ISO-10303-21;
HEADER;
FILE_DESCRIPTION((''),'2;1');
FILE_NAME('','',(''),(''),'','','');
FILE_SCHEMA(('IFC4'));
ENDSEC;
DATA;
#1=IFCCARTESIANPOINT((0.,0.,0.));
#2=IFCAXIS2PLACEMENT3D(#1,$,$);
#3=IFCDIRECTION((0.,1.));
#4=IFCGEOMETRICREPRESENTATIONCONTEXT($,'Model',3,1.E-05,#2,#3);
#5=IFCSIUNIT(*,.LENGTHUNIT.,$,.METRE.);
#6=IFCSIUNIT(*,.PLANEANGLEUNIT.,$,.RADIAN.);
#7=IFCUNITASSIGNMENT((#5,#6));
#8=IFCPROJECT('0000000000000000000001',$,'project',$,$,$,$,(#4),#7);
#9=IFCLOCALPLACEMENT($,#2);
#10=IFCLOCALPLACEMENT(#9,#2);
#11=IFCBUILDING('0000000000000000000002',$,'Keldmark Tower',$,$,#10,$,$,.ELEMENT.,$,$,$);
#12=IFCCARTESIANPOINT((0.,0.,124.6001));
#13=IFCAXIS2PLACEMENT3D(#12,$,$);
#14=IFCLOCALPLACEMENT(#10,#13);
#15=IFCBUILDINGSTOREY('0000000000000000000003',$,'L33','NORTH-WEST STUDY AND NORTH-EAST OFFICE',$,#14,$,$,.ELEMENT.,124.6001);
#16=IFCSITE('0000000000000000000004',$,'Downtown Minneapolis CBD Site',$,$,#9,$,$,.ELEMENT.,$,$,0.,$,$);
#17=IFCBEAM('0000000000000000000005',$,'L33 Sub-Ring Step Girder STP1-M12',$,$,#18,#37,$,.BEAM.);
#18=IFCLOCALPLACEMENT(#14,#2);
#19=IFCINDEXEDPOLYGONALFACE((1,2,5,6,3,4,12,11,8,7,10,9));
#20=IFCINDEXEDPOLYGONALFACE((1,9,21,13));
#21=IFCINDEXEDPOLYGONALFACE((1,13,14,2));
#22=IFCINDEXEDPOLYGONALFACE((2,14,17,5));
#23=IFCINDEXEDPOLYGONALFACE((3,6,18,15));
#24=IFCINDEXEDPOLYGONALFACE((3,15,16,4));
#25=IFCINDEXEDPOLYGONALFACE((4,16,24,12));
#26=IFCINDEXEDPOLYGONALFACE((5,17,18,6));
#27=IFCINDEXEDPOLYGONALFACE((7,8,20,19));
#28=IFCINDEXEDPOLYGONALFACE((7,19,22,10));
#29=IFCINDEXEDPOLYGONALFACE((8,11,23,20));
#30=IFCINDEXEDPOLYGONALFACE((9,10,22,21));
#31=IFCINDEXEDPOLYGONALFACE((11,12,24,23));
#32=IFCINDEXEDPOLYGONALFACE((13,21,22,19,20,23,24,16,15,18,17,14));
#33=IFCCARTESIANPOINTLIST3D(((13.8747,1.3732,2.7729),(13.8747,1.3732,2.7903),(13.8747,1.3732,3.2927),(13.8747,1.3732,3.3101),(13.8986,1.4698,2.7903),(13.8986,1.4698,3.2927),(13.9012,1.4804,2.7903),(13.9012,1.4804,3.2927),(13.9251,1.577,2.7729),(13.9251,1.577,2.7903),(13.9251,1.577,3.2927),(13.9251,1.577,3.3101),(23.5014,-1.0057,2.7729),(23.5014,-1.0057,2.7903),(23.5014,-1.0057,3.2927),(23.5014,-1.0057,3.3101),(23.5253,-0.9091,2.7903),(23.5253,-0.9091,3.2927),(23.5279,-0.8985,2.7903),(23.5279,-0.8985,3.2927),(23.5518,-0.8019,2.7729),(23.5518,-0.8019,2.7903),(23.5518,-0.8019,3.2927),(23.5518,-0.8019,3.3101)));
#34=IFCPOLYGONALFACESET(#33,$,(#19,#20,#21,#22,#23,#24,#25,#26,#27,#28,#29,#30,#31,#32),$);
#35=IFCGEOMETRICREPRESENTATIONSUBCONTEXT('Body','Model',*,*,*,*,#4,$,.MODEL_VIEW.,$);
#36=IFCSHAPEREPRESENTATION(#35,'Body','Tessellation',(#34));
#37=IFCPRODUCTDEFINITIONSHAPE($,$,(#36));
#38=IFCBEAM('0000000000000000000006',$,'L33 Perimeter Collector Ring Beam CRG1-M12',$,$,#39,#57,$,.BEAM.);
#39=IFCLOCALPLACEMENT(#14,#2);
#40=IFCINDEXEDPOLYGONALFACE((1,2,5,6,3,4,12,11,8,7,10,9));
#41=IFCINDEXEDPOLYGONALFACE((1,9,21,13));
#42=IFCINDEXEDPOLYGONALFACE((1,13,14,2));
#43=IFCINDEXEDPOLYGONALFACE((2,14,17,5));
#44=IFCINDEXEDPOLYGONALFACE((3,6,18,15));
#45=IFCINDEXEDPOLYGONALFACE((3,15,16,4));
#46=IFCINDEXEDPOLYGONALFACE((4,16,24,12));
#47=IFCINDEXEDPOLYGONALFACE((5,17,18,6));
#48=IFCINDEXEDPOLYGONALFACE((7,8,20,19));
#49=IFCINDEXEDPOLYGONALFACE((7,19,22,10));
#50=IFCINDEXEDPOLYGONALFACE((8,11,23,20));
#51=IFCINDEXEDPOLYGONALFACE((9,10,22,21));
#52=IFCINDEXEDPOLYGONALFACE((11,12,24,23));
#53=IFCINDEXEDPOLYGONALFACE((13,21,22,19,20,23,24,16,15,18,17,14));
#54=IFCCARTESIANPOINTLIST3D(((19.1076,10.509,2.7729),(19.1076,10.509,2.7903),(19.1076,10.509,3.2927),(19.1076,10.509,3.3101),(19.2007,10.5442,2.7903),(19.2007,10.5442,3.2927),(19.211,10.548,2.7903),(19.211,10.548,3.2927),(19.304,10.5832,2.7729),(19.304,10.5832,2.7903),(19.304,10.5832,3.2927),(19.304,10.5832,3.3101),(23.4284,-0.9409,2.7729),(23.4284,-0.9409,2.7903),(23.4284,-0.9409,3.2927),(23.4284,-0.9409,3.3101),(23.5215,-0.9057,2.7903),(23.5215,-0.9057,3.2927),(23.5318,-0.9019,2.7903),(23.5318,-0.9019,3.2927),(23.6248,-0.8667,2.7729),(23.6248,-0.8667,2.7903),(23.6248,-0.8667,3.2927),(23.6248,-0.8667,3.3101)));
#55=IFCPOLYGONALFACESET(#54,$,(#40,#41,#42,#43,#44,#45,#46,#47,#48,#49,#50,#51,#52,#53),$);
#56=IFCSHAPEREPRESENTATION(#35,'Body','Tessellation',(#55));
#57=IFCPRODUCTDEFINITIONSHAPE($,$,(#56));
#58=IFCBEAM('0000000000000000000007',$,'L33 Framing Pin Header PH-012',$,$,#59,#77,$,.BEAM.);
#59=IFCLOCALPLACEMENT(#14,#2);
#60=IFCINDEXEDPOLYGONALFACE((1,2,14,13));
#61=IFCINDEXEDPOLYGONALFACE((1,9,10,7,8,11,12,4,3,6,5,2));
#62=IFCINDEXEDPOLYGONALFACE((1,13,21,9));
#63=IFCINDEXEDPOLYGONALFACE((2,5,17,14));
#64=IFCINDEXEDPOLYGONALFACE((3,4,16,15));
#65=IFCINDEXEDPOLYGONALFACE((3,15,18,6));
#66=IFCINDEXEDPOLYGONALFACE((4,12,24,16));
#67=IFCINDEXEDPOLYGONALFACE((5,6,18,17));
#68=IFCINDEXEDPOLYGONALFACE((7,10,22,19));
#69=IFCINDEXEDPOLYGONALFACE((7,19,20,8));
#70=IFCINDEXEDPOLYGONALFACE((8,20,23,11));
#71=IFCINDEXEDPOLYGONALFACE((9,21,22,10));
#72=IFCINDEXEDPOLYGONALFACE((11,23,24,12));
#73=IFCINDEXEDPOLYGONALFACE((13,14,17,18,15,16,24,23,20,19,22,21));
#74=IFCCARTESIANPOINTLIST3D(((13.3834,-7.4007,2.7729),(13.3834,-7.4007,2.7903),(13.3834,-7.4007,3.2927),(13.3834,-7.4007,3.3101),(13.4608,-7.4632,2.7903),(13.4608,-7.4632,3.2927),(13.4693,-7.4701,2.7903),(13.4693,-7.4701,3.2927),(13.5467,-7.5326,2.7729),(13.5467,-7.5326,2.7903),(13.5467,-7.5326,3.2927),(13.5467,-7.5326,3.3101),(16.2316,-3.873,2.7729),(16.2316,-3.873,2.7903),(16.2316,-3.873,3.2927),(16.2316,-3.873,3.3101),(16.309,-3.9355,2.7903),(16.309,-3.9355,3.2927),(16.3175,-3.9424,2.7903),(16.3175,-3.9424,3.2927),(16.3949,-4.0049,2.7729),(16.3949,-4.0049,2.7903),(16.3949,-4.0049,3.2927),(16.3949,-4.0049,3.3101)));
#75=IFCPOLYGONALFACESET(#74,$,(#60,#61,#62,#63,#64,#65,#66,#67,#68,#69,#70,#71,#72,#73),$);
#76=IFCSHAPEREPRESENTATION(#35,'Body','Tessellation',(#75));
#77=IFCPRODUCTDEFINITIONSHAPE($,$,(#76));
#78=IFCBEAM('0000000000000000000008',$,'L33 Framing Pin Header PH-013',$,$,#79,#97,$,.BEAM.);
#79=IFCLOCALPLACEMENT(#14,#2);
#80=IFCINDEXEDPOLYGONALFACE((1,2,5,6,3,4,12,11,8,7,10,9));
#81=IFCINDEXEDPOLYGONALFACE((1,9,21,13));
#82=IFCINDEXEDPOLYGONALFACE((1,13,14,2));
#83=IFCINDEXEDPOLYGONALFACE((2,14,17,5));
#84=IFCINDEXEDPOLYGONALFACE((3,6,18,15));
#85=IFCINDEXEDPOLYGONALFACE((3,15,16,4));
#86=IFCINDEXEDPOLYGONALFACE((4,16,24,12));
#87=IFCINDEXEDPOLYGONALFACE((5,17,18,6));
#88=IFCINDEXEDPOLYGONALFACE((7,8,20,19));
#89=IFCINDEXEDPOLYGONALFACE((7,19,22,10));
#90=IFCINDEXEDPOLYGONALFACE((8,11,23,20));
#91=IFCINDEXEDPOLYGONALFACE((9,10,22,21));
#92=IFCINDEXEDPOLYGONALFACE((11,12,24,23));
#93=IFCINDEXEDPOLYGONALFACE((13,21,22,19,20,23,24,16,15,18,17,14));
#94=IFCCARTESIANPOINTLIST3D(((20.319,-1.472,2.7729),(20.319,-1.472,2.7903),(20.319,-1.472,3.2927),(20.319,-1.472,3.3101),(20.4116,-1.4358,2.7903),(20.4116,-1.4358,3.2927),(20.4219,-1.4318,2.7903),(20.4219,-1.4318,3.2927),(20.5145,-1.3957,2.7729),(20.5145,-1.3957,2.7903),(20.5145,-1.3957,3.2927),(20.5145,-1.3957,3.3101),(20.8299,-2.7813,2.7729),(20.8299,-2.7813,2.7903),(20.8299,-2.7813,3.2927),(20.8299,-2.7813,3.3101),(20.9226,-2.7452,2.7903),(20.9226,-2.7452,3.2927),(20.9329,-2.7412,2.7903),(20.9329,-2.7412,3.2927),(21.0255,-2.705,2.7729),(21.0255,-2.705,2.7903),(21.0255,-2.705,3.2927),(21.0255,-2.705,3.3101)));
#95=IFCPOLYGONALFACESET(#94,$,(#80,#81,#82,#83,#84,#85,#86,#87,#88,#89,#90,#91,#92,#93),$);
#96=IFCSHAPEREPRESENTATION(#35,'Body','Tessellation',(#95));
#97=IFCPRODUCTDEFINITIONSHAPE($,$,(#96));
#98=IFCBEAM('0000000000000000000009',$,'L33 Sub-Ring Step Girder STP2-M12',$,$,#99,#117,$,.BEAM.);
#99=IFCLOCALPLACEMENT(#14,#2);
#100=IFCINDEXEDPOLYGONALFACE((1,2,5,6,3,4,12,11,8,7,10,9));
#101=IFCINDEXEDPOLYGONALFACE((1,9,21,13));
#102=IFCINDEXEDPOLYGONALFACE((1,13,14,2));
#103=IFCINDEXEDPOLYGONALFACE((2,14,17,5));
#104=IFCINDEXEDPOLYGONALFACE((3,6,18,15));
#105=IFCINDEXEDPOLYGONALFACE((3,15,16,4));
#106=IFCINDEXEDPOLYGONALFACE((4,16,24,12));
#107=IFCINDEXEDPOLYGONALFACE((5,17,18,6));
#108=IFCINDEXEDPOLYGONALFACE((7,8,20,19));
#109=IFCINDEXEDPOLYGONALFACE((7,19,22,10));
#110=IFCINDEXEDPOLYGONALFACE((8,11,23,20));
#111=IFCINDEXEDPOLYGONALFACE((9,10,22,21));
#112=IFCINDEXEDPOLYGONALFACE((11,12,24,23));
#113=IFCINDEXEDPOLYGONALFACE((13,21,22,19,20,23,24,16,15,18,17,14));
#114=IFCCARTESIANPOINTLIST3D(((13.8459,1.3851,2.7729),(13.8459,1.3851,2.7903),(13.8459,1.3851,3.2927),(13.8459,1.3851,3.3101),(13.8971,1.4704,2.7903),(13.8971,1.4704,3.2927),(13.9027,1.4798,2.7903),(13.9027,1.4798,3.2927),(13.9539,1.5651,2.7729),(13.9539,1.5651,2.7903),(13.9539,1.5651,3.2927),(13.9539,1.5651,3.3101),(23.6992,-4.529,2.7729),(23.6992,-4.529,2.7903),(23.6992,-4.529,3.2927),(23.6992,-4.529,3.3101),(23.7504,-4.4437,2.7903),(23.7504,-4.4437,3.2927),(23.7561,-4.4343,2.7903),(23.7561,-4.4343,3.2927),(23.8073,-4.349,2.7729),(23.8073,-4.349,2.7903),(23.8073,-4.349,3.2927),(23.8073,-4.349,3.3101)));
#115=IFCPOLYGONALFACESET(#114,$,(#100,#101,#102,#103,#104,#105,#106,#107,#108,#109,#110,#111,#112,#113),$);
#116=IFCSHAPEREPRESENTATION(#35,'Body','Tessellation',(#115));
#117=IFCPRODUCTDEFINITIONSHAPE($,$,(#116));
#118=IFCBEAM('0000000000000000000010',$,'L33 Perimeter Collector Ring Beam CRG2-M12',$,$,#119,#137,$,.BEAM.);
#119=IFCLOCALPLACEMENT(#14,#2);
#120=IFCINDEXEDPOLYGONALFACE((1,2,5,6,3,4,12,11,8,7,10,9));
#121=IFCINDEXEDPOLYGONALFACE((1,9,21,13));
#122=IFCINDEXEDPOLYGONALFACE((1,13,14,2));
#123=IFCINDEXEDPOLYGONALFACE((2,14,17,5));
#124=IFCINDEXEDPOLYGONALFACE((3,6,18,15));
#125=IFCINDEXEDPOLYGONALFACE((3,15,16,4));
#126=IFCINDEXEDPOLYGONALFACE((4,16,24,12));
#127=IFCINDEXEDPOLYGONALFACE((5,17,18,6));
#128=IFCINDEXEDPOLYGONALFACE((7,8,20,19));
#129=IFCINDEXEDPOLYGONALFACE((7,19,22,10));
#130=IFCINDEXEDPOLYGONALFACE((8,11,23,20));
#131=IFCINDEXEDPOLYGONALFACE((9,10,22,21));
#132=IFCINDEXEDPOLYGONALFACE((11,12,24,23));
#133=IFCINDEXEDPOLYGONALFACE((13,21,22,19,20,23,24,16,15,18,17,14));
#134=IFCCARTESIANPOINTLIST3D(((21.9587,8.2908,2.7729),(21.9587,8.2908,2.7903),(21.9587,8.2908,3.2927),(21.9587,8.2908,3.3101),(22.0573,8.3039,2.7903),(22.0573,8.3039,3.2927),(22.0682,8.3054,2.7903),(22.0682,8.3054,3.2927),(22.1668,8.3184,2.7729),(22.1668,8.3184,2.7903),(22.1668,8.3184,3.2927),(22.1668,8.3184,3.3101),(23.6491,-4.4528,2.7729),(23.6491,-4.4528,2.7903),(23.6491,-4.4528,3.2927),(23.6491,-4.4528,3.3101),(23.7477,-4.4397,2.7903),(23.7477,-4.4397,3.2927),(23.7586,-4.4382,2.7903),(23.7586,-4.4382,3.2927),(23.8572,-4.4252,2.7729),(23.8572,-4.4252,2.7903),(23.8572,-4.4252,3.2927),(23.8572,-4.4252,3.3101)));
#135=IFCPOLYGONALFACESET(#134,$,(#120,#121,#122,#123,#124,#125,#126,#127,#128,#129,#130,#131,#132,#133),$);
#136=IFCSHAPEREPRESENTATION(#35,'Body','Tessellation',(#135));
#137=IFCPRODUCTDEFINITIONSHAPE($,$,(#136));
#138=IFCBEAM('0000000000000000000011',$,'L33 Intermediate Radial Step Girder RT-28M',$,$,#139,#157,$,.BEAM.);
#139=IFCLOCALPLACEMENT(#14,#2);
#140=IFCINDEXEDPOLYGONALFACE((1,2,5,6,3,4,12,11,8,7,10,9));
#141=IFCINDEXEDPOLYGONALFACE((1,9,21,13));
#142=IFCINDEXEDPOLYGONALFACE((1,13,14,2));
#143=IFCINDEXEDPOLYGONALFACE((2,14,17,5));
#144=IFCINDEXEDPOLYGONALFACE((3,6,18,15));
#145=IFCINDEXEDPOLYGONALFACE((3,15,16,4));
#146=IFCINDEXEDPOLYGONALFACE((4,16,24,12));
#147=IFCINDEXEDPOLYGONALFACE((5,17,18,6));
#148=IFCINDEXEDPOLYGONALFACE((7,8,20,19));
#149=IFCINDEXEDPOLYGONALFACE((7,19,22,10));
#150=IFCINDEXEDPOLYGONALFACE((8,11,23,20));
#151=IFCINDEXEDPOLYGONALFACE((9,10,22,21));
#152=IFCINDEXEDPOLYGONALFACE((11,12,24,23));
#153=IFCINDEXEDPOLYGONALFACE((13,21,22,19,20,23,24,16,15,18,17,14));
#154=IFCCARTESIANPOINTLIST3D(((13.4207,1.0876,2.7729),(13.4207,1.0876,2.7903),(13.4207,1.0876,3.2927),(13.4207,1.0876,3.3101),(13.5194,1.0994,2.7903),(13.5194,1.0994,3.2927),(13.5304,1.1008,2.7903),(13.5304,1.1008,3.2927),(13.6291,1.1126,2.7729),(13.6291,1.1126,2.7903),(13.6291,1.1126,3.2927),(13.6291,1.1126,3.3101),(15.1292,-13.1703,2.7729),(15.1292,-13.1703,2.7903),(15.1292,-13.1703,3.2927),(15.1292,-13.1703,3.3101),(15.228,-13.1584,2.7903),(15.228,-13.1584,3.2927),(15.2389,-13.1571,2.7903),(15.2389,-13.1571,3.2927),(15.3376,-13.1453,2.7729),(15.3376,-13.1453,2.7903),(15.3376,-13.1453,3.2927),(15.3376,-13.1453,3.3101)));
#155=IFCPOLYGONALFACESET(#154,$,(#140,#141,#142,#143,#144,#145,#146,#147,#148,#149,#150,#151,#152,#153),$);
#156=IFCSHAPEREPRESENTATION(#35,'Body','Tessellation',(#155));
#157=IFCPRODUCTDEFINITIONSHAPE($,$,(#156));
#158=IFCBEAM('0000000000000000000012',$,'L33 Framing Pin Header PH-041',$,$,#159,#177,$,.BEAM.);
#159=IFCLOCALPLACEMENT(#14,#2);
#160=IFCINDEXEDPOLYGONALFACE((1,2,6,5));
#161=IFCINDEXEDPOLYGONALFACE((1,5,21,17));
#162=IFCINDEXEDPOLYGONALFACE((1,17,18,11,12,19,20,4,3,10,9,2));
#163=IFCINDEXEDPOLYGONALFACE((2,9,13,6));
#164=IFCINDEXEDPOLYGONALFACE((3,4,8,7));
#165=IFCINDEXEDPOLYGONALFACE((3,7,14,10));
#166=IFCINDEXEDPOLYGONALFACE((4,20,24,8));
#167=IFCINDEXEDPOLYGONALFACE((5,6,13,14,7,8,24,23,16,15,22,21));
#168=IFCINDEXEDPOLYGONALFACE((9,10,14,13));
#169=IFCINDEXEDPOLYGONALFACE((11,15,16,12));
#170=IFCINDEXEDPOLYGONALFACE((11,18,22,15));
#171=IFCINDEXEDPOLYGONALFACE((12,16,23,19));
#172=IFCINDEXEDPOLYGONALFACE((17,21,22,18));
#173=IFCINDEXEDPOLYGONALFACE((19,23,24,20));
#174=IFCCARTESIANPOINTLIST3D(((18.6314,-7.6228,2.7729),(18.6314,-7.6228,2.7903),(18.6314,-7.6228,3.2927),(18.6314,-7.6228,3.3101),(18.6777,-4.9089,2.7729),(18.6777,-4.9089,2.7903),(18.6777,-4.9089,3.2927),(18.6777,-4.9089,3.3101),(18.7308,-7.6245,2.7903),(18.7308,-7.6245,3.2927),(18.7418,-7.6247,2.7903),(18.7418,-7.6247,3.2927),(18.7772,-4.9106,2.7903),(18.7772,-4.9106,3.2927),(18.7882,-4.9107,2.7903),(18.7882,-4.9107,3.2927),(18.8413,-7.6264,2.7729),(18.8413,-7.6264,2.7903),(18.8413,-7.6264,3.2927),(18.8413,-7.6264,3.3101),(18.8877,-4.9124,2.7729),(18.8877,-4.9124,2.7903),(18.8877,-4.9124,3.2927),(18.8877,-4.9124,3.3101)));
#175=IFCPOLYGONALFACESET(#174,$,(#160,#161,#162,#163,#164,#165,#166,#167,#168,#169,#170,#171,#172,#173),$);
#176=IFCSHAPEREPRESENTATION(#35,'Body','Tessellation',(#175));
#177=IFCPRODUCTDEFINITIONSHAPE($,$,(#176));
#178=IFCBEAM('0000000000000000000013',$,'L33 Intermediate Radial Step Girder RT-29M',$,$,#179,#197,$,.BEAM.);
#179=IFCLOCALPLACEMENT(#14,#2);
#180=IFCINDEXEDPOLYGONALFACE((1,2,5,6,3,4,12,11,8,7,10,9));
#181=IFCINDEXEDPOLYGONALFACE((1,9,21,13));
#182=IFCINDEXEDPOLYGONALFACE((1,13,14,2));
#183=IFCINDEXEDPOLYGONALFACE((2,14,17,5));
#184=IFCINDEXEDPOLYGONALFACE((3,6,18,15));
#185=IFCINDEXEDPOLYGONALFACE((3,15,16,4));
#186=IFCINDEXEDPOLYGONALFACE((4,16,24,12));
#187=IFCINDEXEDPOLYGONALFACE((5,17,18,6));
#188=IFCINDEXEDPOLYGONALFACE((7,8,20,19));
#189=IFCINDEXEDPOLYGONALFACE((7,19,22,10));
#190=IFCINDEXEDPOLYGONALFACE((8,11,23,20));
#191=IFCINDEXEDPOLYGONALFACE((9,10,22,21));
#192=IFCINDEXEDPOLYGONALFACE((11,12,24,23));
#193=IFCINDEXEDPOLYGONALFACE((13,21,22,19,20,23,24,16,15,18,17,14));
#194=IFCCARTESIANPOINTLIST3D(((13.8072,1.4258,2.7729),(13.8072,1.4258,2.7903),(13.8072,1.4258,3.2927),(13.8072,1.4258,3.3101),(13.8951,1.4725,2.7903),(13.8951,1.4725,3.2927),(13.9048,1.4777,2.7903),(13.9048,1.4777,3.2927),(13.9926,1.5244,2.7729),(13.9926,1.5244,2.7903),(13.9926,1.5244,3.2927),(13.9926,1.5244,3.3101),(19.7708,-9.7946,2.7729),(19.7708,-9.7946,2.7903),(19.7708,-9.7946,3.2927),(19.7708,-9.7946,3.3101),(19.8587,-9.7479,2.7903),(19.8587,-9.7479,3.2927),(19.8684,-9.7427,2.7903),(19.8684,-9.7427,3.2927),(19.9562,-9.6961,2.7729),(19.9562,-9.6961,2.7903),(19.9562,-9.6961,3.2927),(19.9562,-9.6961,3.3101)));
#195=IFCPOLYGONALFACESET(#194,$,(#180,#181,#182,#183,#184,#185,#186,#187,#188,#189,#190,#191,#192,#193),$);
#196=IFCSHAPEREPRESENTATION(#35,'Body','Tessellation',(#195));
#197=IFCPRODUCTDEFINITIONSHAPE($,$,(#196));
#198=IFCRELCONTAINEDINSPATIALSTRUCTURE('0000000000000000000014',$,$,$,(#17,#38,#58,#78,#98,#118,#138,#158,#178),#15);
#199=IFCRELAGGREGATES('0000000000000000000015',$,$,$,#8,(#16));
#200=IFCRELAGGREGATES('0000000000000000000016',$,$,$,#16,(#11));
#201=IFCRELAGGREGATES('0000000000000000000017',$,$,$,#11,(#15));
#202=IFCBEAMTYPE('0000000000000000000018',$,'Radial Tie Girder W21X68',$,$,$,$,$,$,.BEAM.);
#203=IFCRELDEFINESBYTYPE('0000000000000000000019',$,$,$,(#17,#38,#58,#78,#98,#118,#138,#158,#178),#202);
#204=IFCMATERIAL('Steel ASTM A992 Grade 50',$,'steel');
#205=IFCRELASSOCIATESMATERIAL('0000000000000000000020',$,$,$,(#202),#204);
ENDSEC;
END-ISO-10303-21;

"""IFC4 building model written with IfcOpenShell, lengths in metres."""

from ifc_helpers import new_model, si_unit, direction, frame, origin, origin_2d, place, context, subcontext, project, spatial, i_section, extrude, material, material_profile, profile_set, type_object, element, save


model = new_model("IFC4")

# Units and contexts
model_context = context("Model", 3, precision=1e-05, world=origin(), true_north=direction((0.0, 1.0)))
body_context = subcontext(model_context, "Body", "Model", "MODEL_VIEW")
ifc_project = project(units=[si_unit("LENGTHUNIT", "METRE"), si_unit("PLANEANGLEUNIT", "RADIAN")], contexts=[model_context])

# Site, building, storey
site_placement = place(None, origin())
site = spatial("IfcSite", under=ifc_project, at=site_placement, Name="Downtown Minneapolis CBD Site", CompositionType="ELEMENT", RefElevation=0.0)
building_placement = place(site_placement, origin())
building = spatial("IfcBuilding", under=site, at=building_placement, Name="Keldmark Tower", CompositionType="ELEMENT")
storey_placement = place(building_placement, frame((0.0, 0.0, 124.6001)))
storey = spatial("IfcBuildingStorey", under=building, at=storey_placement, Name="L33", Description="NORTH-WEST STUDY AND NORTH-EAST OFFICE", CompositionType="ELEMENT", Elevation=124.6001)

# Beams
ifc_material_1 = material(Name="Steel ASTM A992 Grade 50", Category="steel")
ifc_material_profile_1 = material_profile(ifc_material_1, i_section(OverallWidth=0.21, OverallDepth=0.5371, WebThickness=0.011, FlangeThickness=0.0173, at=origin_2d()), Name="W21X68")
ifc_profile_set_1 = profile_set([ifc_material_profile_1], Name="Steel ASTM A992 Grade 50")
beam_type_1 = type_object("IfcBeamType", Name="Radial Tie Girder W21X68", PredefinedType="BEAM", material=ifc_profile_set_1)
beam_1_placement = place(storey_placement, frame((13.8999, 1.4751, 3.0415), z_axis=(0.970798, -0.239899, 0.0), x_axis=(0.239899, 0.970798, 0.0)))
element("IfcBeam", 1, at=beam_1_placement, inside=storey, type_object=beam_type_1, Name="L33 Sub-Ring Step Girder STP1-M12", PredefinedType="BEAM", context=body_context, shape_type="SweptSolid", body=[
    extrude(i_section(OverallWidth=0.21, OverallDepth=0.5371, WebThickness=0.011, FlangeThickness=0.0173, at=origin_2d()), origin(), (0.0, 0.0, 1.0), 9.9163),
])
beam_2_placement = place(storey_placement, frame((23.5266, -0.9038, 3.0415), z_axis=(-0.353062, 0.9356, 0.0), x_axis=(-0.9356, -0.353062, 0.0)))
element("IfcBeam", 2, at=beam_2_placement, inside=storey, type_object=beam_type_1, Name="L33 Perimeter Collector Ring Beam CRG1-M12", PredefinedType="BEAM", context=body_context, shape_type="SweptSolid", body=[
    extrude(i_section(OverallWidth=0.21, OverallDepth=0.5371, WebThickness=0.011, FlangeThickness=0.0173, at=origin_2d()), origin(), (0.0, 0.0, 1.0), 12.238),
])
beam_3_placement = place(storey_placement, frame((16.3132, -3.939, 3.0415), z_axis=(-0.628195, -0.778056, 0.0), x_axis=(0.778056, -0.628195, 0.0)))
element("IfcBeam", 3, at=beam_3_placement, inside=storey, type_object=beam_type_1, Name="L33 Framing Pin Header PH-012", PredefinedType="BEAM", context=body_context, shape_type="SweptSolid", body=[
    extrude(i_section(OverallWidth=0.21, OverallDepth=0.5371, WebThickness=0.011, FlangeThickness=0.0173, at=origin_2d()), origin(), (0.0, 0.0, 1.0), 4.5339),
])
beam_4_placement = place(storey_placement, frame((20.4167, -1.4338, 3.0415), z_axis=(0.363561, -0.93157, 0.0), x_axis=(0.93157, 0.363561, 0.0)))
element("IfcBeam", 4, at=beam_4_placement, inside=storey, type_object=beam_type_1, Name="L33 Framing Pin Header PH-013", PredefinedType="BEAM", context=body_context, shape_type="SweptSolid", body=[
    extrude(i_section(OverallWidth=0.21, OverallDepth=0.5371, WebThickness=0.011, FlangeThickness=0.0173, at=origin_2d()), origin(), (0.0, 0.0, 1.0), 1.4055),
])
beam_5_placement = place(storey_placement, frame((13.8999, 1.4751, 3.0415), z_axis=(0.857412, -0.51463, 0.0), x_axis=(0.51463, 0.857412, 0.0)))
element("IfcBeam", 5, at=beam_5_placement, inside=storey, type_object=beam_type_1, Name="L33 Sub-Ring Step Girder STP2-M12", PredefinedType="BEAM", context=body_context, shape_type="SweptSolid", body=[
    extrude(i_section(OverallWidth=0.21, OverallDepth=0.5371, WebThickness=0.011, FlangeThickness=0.0173, at=origin_2d()), origin(), (0.0, 0.0, 1.0), 11.4919),
])
beam_6_placement = place(storey_placement, frame((23.7532, -4.439, 3.0415), z_axis=(-0.131497, 0.991317, 0.0), x_axis=(-0.991317, -0.131497, 0.0)))
element("IfcBeam", 6, at=beam_6_placement, inside=storey, type_object=beam_type_1, Name="L33 Perimeter Collector Ring Beam CRG2-M12", PredefinedType="BEAM", context=body_context, shape_type="SweptSolid", body=[
    extrude(i_section(OverallWidth=0.21, OverallDepth=0.5371, WebThickness=0.011, FlangeThickness=0.0173, at=origin_2d()), origin(), (0.0, 0.0, 1.0), 12.8552),
])
beam_7_placement = place(storey_placement, frame((13.5249, 1.1001, 3.0415), z_axis=(0.118978, -0.992897, 0.0), x_axis=(0.992897, 0.118978, 0.0)))
element("IfcBeam", 7, at=beam_7_placement, inside=storey, type_object=beam_type_1, Name="L33 Intermediate Radial Step Girder RT-28M", PredefinedType="BEAM", context=body_context, shape_type="SweptSolid", body=[
    extrude(i_section(OverallWidth=0.21, OverallDepth=0.5371, WebThickness=0.011, FlangeThickness=0.0173, at=origin_2d()), origin(), (0.0, 0.0, 1.0), 14.3599),
])
beam_8_placement = place(storey_placement, frame((18.7827, -4.9106, 3.0415), z_axis=(-0.01709, -0.999854, 0.0), x_axis=(0.999854, -0.01709, 0.0)))
element("IfcBeam", 8, at=beam_8_placement, inside=storey, type_object=beam_type_1, Name="L33 Framing Pin Header PH-041", PredefinedType="BEAM", context=body_context, shape_type="SweptSolid", body=[
    extrude(i_section(OverallWidth=0.21, OverallDepth=0.5371, WebThickness=0.011, FlangeThickness=0.0173, at=origin_2d()), origin(), (0.0, 0.0, 1.0), 2.7144),
])
beam_9_placement = place(storey_placement, frame((13.8999, 1.4751, 3.0415), z_axis=(0.469324, -0.883026, 0.0), x_axis=(0.883026, 0.469324, 0.0)))
element("IfcBeam", 9, at=beam_9_placement, inside=storey, type_object=beam_type_1, Name="L33 Intermediate Radial Step Girder RT-29M", PredefinedType="BEAM", context=body_context, shape_type="SweptSolid", body=[
    extrude(i_section(OverallWidth=0.21, OverallDepth=0.5371, WebThickness=0.011, FlangeThickness=0.0173, at=origin_2d()), origin(), (0.0, 0.0, 1.0), 12.7068),
])

save(model, "model.ifc")
